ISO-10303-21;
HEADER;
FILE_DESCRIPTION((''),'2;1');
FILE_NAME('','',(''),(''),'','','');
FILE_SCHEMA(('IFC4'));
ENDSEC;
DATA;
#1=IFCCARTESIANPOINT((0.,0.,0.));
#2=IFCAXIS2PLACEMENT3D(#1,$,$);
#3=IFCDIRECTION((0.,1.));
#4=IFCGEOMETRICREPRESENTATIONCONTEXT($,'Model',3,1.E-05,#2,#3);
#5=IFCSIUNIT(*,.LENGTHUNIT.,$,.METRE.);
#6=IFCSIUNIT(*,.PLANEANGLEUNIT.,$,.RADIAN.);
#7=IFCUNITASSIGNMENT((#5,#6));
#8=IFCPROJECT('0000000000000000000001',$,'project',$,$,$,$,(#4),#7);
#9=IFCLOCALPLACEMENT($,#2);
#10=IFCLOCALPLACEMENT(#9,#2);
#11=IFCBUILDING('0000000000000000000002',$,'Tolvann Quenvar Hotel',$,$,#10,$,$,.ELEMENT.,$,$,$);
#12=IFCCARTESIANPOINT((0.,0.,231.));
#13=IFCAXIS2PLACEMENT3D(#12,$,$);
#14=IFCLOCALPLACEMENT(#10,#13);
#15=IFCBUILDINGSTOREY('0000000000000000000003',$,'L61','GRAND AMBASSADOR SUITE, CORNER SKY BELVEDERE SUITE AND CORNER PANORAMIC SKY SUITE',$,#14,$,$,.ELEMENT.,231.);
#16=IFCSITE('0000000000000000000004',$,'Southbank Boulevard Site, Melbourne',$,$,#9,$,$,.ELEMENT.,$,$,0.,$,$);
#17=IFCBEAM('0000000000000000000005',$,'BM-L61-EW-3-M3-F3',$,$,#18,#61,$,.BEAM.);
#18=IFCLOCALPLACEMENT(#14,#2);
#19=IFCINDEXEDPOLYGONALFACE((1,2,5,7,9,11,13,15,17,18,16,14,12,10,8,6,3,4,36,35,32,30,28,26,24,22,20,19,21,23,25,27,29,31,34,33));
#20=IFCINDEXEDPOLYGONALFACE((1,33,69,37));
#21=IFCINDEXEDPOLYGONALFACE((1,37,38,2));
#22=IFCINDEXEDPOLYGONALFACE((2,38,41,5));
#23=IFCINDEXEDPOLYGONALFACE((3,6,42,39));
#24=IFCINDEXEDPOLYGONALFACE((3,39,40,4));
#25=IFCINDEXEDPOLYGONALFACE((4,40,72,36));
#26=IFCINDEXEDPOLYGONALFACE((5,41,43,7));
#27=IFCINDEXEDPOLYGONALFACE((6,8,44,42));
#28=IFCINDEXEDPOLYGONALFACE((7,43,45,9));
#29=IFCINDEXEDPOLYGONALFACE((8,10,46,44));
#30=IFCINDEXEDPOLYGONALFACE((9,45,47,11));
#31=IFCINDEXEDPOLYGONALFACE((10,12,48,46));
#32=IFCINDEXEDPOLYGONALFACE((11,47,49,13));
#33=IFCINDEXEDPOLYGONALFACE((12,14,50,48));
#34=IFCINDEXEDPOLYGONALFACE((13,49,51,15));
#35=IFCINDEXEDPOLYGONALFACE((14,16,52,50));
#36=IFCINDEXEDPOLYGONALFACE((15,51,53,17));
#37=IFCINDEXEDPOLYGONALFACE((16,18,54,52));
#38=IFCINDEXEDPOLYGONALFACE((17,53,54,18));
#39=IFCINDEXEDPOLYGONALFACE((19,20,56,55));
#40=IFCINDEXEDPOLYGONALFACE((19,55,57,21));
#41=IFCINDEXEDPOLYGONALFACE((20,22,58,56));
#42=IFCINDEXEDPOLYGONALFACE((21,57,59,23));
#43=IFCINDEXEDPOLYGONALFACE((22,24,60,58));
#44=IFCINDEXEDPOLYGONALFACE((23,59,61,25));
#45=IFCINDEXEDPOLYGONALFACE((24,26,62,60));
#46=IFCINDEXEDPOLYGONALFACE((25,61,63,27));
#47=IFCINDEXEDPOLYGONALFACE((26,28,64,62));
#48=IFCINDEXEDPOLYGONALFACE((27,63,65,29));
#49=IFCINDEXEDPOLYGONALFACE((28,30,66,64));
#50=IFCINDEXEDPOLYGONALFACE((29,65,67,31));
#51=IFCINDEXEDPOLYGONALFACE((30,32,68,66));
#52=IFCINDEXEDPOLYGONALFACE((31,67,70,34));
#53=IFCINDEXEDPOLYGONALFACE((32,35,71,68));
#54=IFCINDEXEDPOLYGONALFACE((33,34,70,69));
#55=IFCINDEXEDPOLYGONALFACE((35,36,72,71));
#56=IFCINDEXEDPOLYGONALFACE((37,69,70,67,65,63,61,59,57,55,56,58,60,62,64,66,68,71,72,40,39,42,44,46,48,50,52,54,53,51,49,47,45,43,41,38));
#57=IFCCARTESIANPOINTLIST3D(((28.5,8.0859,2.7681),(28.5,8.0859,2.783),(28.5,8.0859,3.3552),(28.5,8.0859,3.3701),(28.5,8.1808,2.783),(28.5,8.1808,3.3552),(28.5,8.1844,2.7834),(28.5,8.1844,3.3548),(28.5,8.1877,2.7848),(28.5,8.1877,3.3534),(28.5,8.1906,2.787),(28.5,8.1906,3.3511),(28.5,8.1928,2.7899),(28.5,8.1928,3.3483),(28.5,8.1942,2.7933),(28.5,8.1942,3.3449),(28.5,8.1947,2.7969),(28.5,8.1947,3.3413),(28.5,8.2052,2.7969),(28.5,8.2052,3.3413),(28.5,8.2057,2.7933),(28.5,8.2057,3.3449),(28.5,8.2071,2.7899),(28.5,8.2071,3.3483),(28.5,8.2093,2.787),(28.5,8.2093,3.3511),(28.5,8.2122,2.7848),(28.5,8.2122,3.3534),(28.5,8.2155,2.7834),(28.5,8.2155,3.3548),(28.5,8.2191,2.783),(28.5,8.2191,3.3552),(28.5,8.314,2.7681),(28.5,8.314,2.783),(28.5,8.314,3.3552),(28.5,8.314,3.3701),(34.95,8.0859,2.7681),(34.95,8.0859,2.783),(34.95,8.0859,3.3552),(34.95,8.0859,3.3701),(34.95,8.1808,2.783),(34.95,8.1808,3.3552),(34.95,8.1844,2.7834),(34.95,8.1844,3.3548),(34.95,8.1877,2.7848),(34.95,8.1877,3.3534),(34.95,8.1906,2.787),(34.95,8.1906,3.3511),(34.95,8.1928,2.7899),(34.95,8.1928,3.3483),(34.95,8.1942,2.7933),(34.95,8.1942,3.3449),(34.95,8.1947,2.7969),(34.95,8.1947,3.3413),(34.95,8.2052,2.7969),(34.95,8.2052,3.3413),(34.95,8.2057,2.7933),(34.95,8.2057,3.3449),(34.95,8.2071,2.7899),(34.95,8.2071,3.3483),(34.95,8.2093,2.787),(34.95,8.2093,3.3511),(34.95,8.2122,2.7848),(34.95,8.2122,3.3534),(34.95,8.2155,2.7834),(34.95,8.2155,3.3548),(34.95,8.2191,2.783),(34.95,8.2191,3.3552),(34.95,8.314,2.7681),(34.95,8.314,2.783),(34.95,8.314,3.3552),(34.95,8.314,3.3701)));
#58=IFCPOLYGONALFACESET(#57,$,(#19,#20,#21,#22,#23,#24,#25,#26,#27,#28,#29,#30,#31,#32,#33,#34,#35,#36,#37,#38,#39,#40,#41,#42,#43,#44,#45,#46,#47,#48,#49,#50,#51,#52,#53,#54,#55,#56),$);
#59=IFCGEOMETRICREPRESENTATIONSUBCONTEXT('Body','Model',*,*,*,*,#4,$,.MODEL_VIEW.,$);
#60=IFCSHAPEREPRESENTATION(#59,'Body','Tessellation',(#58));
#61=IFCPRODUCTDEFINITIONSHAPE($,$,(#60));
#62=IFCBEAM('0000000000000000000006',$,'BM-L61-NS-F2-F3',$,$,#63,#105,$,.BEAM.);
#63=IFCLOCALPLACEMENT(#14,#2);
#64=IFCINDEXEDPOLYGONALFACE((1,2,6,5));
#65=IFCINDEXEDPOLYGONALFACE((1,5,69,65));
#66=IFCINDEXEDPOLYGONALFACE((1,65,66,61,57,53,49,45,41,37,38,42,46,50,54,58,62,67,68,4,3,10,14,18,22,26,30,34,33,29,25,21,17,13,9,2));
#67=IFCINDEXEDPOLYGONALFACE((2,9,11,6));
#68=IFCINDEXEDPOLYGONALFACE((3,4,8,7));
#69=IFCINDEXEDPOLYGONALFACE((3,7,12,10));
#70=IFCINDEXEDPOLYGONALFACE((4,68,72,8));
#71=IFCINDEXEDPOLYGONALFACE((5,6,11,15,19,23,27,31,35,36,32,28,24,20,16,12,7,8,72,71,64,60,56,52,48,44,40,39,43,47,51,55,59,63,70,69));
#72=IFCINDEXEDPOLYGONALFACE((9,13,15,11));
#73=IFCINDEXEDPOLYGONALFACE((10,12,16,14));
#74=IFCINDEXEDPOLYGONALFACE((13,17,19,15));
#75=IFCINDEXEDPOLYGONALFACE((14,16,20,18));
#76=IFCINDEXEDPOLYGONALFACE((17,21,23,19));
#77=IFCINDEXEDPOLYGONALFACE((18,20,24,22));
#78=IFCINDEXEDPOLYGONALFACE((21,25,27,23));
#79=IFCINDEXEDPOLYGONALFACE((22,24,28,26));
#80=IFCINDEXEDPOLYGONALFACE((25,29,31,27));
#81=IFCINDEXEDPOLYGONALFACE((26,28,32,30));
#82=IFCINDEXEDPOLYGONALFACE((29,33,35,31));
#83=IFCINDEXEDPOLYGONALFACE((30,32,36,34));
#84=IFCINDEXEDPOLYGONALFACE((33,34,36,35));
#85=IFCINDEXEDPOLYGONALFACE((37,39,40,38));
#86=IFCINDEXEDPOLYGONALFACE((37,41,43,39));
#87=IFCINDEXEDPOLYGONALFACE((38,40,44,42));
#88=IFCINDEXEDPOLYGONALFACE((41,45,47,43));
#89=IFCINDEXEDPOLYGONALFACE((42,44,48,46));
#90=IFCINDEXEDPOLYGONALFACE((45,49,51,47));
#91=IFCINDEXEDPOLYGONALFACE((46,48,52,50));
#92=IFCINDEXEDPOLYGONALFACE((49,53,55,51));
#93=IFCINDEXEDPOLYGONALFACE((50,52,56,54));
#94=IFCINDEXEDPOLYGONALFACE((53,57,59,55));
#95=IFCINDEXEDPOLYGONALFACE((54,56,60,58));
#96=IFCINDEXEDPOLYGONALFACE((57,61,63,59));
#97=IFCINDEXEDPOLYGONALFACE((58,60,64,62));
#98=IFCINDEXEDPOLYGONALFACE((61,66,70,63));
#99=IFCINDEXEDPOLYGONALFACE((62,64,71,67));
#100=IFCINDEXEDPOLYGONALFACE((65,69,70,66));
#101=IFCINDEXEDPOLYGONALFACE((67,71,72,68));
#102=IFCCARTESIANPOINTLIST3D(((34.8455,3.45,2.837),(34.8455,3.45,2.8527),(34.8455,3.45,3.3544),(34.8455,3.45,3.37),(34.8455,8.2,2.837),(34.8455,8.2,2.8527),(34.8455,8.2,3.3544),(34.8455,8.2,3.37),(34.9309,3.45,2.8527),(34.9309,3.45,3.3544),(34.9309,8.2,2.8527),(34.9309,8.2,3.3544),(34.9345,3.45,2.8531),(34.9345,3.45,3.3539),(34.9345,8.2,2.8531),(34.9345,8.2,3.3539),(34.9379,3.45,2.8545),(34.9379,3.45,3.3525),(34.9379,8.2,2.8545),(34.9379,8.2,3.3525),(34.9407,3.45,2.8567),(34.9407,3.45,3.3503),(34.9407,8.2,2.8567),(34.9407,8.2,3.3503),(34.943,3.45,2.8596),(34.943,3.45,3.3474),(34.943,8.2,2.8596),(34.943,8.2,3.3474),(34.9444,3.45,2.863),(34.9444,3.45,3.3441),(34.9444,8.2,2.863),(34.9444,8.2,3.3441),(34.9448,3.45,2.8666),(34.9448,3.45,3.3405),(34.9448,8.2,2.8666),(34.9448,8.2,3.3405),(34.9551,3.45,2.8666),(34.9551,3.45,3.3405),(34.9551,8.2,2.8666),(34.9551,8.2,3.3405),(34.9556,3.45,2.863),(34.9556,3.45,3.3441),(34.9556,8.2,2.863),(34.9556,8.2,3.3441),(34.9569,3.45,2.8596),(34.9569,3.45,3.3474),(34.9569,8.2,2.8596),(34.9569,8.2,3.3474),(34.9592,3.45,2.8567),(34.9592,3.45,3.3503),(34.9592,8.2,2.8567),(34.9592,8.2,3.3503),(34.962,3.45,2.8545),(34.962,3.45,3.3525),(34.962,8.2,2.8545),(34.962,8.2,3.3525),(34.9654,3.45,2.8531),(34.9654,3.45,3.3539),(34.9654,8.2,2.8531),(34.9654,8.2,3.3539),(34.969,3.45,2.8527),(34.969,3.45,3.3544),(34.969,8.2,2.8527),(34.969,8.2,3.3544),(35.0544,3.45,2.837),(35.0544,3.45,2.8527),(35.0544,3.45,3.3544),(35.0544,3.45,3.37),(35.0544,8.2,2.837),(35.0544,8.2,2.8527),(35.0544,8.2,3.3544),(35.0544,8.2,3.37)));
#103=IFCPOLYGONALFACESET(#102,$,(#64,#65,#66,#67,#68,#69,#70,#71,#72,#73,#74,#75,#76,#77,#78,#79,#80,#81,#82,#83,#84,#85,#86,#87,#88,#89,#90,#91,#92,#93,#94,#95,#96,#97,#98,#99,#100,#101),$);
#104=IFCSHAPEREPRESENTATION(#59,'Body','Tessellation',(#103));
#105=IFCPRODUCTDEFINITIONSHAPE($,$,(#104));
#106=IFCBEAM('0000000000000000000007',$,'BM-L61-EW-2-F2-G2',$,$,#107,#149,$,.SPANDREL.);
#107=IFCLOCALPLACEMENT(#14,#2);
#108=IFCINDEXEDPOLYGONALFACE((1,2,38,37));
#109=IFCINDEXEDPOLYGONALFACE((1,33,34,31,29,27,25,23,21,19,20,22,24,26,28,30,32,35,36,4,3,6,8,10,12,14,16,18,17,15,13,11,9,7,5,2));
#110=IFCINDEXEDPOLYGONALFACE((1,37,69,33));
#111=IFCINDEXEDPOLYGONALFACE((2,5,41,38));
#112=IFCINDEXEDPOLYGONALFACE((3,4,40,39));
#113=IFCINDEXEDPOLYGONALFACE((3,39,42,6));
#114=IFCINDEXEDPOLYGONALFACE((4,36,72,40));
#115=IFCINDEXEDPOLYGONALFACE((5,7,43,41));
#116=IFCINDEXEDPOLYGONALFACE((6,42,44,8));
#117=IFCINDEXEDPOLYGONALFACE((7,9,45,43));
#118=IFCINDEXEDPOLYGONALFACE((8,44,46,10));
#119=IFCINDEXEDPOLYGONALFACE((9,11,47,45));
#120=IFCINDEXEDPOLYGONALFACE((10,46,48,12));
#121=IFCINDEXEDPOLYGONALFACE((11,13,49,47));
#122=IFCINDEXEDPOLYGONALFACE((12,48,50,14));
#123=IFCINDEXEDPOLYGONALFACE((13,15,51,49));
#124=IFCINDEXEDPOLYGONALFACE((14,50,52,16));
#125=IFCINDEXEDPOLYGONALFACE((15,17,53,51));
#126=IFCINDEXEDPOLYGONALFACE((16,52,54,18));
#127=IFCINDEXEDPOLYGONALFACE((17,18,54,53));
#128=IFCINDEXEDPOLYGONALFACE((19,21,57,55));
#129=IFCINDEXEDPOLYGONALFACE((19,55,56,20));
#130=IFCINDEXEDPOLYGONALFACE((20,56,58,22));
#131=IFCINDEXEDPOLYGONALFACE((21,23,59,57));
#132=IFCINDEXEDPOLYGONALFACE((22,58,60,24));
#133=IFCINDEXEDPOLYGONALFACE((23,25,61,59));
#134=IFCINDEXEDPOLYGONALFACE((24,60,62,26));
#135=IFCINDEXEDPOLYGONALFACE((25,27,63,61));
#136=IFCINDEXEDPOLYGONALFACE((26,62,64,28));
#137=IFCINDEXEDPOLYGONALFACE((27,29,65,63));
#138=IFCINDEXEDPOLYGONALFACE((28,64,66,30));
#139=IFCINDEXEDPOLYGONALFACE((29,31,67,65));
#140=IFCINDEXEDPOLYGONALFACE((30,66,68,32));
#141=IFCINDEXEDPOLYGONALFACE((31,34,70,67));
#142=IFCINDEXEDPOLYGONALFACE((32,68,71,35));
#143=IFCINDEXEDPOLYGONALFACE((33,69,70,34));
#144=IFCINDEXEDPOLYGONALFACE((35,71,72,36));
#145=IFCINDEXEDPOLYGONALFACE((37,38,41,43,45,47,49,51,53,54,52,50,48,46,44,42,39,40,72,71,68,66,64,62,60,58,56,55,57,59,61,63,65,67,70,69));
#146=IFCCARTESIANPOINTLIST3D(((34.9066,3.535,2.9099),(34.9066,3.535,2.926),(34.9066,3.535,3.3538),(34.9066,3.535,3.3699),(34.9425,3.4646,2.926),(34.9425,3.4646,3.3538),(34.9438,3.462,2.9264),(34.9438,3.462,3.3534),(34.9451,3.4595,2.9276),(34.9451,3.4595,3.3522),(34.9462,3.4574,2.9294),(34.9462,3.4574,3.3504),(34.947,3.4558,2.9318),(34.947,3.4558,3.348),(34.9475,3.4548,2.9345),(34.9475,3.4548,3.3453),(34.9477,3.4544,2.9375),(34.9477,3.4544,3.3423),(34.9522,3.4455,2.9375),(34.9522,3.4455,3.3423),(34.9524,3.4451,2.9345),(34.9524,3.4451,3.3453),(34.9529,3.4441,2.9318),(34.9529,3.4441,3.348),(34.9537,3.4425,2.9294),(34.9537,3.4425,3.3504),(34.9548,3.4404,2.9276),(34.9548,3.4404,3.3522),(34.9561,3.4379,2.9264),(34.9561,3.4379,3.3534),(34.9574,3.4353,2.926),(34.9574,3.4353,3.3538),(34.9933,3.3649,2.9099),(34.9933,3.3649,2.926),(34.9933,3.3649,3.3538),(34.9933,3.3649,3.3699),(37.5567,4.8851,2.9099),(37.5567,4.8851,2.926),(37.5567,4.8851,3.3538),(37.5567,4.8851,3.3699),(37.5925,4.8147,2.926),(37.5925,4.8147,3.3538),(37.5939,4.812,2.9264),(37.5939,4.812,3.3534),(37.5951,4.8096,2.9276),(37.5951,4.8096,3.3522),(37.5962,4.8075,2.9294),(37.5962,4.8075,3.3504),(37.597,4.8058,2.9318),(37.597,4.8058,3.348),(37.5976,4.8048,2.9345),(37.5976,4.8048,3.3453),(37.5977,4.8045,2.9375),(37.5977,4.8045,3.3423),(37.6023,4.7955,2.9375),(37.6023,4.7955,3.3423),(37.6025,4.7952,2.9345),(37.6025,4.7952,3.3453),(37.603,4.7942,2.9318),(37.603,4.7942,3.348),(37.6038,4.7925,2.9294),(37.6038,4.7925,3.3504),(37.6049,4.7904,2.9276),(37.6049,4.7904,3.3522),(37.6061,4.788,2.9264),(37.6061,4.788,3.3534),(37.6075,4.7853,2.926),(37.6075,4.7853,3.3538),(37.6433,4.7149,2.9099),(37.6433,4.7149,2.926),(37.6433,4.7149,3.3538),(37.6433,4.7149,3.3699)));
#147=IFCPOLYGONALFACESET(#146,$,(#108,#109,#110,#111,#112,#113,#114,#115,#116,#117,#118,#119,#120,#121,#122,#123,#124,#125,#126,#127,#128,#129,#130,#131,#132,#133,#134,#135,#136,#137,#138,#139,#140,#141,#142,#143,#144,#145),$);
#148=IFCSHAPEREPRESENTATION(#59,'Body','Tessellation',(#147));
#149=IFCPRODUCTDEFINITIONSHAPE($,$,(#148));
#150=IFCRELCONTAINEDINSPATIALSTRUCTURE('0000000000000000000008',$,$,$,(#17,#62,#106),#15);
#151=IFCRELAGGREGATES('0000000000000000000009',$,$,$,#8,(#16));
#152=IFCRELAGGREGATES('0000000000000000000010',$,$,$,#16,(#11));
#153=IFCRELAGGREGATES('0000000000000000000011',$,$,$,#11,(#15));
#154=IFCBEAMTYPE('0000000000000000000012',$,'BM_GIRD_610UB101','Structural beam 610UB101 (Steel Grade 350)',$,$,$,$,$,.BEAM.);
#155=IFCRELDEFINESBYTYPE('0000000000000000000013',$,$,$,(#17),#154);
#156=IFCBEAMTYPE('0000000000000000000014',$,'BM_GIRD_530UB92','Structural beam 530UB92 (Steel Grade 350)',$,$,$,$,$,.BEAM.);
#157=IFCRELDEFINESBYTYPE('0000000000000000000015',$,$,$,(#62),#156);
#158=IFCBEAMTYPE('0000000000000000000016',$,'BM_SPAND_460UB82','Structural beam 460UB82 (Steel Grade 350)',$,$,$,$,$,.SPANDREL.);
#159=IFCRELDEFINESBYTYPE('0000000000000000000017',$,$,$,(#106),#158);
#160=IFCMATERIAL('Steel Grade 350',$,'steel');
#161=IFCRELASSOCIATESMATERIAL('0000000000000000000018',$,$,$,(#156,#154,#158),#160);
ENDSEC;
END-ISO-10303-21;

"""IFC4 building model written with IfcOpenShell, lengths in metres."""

from ifc_helpers import new_model, si_unit, direction, frame, origin, origin_2d, place, context, subcontext, project, spatial, i_section, extrude, source, transform, mapped, material, material_profile, profile_set, type_object, element, save


model = new_model("IFC4")

# Units and contexts
model_context = context("Model", 3, precision=1e-05, world=origin(), true_north=direction((0.0, 1.0)))
body_context = subcontext(model_context, "Body", "Model", "MODEL_VIEW")
ifc_project = project(units=[si_unit("LENGTHUNIT", "METRE"), si_unit("PLANEANGLEUNIT", "RADIAN")], contexts=[model_context])

# Site, building, storey
site_placement = place(None, origin())
site = spatial("IfcSite", under=ifc_project, at=site_placement, Name="Southbank Boulevard Site, Melbourne", CompositionType="ELEMENT", RefElevation=0.0)
building_placement = place(site_placement, origin())
building = spatial("IfcBuilding", under=site, at=building_placement, Name="Tolvann Quenvar Hotel", CompositionType="ELEMENT")
storey_placement = place(building_placement, frame((0.0, 0.0, 231.0)))
storey = spatial("IfcBuildingStorey", under=building, at=storey_placement, Name="L61", Description="GRAND AMBASSADOR SUITE, CORNER SKY BELVEDERE SUITE AND CORNER PANORAMIC SKY SUITE", CompositionType="ELEMENT", Elevation=231.0)

# Shared definitions
ifc_material_1 = material(Name="Steel Grade 350", Category="steel")

# Beams
ifc_material_profile_1 = material_profile(ifc_material_1, i_section(OverallWidth=0.209, OverallDepth=0.533, WebThickness=0.0103, FlangeThickness=0.0156, FilletRadius=0.0139, at=origin_2d()), Name="530UB92")
ifc_profile_set_1 = profile_set([ifc_material_profile_1], Name="Steel Grade 350")
beam_type_1 = type_object("IfcBeamType", Name="BM_GIRD_530UB92", Description="Structural beam 530UB92 (Steel Grade 350)", PredefinedType="BEAM", material=ifc_profile_set_1)
ifc_material_profile_2 = material_profile(ifc_material_1, i_section(OverallWidth=0.228, OverallDepth=0.6021, WebThickness=0.0105, FlangeThickness=0.0149, FilletRadius=0.0139, at=origin_2d()), Name="610UB101")
ifc_profile_set_2 = profile_set([ifc_material_profile_2], Name="Steel Grade 350")
beam_type_2 = type_object("IfcBeamType", Name="BM_GIRD_610UB101", Description="Structural beam 610UB101 (Steel Grade 350)", PredefinedType="BEAM", material=ifc_profile_set_2)
shared_shape_1 = source(origin(), body_context, "Body", "SweptSolid", [
    extrude(i_section(OverallWidth=0.228, OverallDepth=0.6021, WebThickness=0.0105, FlangeThickness=0.0149, FilletRadius=0.0139, at=origin_2d()), origin(), (0.0, 0.0, 1.0), 6.45),
])
beam_1_placement = place(storey_placement, frame((28.5, 8.2, 3.0691), z_axis=(1.0, 0.0, 0.0), x_axis=(0.0, 1.0, 0.0)))
element("IfcBeam", 1, at=beam_1_placement, inside=storey, type_object=beam_type_2, Name="BM-L61-EW-3-M3-F3", PredefinedType="BEAM", context=body_context, shape_type="MappedRepresentation", body=[
    mapped(shared_shape_1, transform((0.0, 0.0, 0.0), x_axis=(1.0, 0.0, 0.0), y_axis=(0.0, 1.0, 0.0), z_axis=(0.0, 0.0, 1.0), scale=1.0)),
])
shared_shape_2 = source(origin(), body_context, "Body", "SweptSolid", [
    extrude(i_section(OverallWidth=0.209, OverallDepth=0.533, WebThickness=0.0103, FlangeThickness=0.0156, FilletRadius=0.0139, at=origin_2d()), origin(), (0.0, 0.0, 1.0), 4.75),
])
beam_2_placement = place(storey_placement, frame((34.95, 3.45, 3.1035), z_axis=(0.0, 1.0, 0.0), x_axis=(-1.0, 0.0, 0.0)))
element("IfcBeam", 2, at=beam_2_placement, inside=storey, type_object=beam_type_1, Name="BM-L61-NS-F2-F3", PredefinedType="BEAM", context=body_context, shape_type="MappedRepresentation", body=[
    mapped(shared_shape_2, transform((0.0, 0.0, 0.0), x_axis=(1.0, 0.0, 0.0), y_axis=(0.0, 1.0, 0.0), z_axis=(0.0, 0.0, 1.0), scale=1.0)),
])
ifc_material_profile_3 = material_profile(ifc_material_1, i_section(OverallWidth=0.1909, OverallDepth=0.46, WebThickness=0.01, FlangeThickness=0.0161, FilletRadius=0.0115, at=origin_2d()), Name="460UB82")
ifc_profile_set_3 = profile_set([ifc_material_profile_3], Name="Steel Grade 350")
beam_type_3 = type_object("IfcBeamType", Name="BM_SPAND_460UB82", Description="Structural beam 460UB82 (Steel Grade 350)", PredefinedType="SPANDREL", material=ifc_profile_set_3)
shared_shape_3 = source(origin(), body_context, "Body", "SweptSolid", [
    extrude(i_section(OverallWidth=0.1909, OverallDepth=0.46, WebThickness=0.01, FlangeThickness=0.0161, FilletRadius=0.0115, at=origin_2d()), origin(), (0.0, 0.0, 1.0), 2.9741),
])
beam_3_placement = place(storey_placement, frame((34.95, 3.45, 3.1399), z_axis=(0.891036, 0.453932, 0.0), x_axis=(-0.453932, 0.891036, 0.0)))
element("IfcBeam", 3, at=beam_3_placement, inside=storey, type_object=beam_type_3, Name="BM-L61-EW-2-F2-G2", PredefinedType="SPANDREL", context=body_context, shape_type="MappedRepresentation", body=[
    mapped(shared_shape_3, transform((0.0, 0.0, 0.0), x_axis=(1.0, 0.0, 0.0), y_axis=(0.0, 1.0, 0.0), z_axis=(0.0, 0.0, 1.0), scale=1.0)),
])

save(model, "model.ifc")
